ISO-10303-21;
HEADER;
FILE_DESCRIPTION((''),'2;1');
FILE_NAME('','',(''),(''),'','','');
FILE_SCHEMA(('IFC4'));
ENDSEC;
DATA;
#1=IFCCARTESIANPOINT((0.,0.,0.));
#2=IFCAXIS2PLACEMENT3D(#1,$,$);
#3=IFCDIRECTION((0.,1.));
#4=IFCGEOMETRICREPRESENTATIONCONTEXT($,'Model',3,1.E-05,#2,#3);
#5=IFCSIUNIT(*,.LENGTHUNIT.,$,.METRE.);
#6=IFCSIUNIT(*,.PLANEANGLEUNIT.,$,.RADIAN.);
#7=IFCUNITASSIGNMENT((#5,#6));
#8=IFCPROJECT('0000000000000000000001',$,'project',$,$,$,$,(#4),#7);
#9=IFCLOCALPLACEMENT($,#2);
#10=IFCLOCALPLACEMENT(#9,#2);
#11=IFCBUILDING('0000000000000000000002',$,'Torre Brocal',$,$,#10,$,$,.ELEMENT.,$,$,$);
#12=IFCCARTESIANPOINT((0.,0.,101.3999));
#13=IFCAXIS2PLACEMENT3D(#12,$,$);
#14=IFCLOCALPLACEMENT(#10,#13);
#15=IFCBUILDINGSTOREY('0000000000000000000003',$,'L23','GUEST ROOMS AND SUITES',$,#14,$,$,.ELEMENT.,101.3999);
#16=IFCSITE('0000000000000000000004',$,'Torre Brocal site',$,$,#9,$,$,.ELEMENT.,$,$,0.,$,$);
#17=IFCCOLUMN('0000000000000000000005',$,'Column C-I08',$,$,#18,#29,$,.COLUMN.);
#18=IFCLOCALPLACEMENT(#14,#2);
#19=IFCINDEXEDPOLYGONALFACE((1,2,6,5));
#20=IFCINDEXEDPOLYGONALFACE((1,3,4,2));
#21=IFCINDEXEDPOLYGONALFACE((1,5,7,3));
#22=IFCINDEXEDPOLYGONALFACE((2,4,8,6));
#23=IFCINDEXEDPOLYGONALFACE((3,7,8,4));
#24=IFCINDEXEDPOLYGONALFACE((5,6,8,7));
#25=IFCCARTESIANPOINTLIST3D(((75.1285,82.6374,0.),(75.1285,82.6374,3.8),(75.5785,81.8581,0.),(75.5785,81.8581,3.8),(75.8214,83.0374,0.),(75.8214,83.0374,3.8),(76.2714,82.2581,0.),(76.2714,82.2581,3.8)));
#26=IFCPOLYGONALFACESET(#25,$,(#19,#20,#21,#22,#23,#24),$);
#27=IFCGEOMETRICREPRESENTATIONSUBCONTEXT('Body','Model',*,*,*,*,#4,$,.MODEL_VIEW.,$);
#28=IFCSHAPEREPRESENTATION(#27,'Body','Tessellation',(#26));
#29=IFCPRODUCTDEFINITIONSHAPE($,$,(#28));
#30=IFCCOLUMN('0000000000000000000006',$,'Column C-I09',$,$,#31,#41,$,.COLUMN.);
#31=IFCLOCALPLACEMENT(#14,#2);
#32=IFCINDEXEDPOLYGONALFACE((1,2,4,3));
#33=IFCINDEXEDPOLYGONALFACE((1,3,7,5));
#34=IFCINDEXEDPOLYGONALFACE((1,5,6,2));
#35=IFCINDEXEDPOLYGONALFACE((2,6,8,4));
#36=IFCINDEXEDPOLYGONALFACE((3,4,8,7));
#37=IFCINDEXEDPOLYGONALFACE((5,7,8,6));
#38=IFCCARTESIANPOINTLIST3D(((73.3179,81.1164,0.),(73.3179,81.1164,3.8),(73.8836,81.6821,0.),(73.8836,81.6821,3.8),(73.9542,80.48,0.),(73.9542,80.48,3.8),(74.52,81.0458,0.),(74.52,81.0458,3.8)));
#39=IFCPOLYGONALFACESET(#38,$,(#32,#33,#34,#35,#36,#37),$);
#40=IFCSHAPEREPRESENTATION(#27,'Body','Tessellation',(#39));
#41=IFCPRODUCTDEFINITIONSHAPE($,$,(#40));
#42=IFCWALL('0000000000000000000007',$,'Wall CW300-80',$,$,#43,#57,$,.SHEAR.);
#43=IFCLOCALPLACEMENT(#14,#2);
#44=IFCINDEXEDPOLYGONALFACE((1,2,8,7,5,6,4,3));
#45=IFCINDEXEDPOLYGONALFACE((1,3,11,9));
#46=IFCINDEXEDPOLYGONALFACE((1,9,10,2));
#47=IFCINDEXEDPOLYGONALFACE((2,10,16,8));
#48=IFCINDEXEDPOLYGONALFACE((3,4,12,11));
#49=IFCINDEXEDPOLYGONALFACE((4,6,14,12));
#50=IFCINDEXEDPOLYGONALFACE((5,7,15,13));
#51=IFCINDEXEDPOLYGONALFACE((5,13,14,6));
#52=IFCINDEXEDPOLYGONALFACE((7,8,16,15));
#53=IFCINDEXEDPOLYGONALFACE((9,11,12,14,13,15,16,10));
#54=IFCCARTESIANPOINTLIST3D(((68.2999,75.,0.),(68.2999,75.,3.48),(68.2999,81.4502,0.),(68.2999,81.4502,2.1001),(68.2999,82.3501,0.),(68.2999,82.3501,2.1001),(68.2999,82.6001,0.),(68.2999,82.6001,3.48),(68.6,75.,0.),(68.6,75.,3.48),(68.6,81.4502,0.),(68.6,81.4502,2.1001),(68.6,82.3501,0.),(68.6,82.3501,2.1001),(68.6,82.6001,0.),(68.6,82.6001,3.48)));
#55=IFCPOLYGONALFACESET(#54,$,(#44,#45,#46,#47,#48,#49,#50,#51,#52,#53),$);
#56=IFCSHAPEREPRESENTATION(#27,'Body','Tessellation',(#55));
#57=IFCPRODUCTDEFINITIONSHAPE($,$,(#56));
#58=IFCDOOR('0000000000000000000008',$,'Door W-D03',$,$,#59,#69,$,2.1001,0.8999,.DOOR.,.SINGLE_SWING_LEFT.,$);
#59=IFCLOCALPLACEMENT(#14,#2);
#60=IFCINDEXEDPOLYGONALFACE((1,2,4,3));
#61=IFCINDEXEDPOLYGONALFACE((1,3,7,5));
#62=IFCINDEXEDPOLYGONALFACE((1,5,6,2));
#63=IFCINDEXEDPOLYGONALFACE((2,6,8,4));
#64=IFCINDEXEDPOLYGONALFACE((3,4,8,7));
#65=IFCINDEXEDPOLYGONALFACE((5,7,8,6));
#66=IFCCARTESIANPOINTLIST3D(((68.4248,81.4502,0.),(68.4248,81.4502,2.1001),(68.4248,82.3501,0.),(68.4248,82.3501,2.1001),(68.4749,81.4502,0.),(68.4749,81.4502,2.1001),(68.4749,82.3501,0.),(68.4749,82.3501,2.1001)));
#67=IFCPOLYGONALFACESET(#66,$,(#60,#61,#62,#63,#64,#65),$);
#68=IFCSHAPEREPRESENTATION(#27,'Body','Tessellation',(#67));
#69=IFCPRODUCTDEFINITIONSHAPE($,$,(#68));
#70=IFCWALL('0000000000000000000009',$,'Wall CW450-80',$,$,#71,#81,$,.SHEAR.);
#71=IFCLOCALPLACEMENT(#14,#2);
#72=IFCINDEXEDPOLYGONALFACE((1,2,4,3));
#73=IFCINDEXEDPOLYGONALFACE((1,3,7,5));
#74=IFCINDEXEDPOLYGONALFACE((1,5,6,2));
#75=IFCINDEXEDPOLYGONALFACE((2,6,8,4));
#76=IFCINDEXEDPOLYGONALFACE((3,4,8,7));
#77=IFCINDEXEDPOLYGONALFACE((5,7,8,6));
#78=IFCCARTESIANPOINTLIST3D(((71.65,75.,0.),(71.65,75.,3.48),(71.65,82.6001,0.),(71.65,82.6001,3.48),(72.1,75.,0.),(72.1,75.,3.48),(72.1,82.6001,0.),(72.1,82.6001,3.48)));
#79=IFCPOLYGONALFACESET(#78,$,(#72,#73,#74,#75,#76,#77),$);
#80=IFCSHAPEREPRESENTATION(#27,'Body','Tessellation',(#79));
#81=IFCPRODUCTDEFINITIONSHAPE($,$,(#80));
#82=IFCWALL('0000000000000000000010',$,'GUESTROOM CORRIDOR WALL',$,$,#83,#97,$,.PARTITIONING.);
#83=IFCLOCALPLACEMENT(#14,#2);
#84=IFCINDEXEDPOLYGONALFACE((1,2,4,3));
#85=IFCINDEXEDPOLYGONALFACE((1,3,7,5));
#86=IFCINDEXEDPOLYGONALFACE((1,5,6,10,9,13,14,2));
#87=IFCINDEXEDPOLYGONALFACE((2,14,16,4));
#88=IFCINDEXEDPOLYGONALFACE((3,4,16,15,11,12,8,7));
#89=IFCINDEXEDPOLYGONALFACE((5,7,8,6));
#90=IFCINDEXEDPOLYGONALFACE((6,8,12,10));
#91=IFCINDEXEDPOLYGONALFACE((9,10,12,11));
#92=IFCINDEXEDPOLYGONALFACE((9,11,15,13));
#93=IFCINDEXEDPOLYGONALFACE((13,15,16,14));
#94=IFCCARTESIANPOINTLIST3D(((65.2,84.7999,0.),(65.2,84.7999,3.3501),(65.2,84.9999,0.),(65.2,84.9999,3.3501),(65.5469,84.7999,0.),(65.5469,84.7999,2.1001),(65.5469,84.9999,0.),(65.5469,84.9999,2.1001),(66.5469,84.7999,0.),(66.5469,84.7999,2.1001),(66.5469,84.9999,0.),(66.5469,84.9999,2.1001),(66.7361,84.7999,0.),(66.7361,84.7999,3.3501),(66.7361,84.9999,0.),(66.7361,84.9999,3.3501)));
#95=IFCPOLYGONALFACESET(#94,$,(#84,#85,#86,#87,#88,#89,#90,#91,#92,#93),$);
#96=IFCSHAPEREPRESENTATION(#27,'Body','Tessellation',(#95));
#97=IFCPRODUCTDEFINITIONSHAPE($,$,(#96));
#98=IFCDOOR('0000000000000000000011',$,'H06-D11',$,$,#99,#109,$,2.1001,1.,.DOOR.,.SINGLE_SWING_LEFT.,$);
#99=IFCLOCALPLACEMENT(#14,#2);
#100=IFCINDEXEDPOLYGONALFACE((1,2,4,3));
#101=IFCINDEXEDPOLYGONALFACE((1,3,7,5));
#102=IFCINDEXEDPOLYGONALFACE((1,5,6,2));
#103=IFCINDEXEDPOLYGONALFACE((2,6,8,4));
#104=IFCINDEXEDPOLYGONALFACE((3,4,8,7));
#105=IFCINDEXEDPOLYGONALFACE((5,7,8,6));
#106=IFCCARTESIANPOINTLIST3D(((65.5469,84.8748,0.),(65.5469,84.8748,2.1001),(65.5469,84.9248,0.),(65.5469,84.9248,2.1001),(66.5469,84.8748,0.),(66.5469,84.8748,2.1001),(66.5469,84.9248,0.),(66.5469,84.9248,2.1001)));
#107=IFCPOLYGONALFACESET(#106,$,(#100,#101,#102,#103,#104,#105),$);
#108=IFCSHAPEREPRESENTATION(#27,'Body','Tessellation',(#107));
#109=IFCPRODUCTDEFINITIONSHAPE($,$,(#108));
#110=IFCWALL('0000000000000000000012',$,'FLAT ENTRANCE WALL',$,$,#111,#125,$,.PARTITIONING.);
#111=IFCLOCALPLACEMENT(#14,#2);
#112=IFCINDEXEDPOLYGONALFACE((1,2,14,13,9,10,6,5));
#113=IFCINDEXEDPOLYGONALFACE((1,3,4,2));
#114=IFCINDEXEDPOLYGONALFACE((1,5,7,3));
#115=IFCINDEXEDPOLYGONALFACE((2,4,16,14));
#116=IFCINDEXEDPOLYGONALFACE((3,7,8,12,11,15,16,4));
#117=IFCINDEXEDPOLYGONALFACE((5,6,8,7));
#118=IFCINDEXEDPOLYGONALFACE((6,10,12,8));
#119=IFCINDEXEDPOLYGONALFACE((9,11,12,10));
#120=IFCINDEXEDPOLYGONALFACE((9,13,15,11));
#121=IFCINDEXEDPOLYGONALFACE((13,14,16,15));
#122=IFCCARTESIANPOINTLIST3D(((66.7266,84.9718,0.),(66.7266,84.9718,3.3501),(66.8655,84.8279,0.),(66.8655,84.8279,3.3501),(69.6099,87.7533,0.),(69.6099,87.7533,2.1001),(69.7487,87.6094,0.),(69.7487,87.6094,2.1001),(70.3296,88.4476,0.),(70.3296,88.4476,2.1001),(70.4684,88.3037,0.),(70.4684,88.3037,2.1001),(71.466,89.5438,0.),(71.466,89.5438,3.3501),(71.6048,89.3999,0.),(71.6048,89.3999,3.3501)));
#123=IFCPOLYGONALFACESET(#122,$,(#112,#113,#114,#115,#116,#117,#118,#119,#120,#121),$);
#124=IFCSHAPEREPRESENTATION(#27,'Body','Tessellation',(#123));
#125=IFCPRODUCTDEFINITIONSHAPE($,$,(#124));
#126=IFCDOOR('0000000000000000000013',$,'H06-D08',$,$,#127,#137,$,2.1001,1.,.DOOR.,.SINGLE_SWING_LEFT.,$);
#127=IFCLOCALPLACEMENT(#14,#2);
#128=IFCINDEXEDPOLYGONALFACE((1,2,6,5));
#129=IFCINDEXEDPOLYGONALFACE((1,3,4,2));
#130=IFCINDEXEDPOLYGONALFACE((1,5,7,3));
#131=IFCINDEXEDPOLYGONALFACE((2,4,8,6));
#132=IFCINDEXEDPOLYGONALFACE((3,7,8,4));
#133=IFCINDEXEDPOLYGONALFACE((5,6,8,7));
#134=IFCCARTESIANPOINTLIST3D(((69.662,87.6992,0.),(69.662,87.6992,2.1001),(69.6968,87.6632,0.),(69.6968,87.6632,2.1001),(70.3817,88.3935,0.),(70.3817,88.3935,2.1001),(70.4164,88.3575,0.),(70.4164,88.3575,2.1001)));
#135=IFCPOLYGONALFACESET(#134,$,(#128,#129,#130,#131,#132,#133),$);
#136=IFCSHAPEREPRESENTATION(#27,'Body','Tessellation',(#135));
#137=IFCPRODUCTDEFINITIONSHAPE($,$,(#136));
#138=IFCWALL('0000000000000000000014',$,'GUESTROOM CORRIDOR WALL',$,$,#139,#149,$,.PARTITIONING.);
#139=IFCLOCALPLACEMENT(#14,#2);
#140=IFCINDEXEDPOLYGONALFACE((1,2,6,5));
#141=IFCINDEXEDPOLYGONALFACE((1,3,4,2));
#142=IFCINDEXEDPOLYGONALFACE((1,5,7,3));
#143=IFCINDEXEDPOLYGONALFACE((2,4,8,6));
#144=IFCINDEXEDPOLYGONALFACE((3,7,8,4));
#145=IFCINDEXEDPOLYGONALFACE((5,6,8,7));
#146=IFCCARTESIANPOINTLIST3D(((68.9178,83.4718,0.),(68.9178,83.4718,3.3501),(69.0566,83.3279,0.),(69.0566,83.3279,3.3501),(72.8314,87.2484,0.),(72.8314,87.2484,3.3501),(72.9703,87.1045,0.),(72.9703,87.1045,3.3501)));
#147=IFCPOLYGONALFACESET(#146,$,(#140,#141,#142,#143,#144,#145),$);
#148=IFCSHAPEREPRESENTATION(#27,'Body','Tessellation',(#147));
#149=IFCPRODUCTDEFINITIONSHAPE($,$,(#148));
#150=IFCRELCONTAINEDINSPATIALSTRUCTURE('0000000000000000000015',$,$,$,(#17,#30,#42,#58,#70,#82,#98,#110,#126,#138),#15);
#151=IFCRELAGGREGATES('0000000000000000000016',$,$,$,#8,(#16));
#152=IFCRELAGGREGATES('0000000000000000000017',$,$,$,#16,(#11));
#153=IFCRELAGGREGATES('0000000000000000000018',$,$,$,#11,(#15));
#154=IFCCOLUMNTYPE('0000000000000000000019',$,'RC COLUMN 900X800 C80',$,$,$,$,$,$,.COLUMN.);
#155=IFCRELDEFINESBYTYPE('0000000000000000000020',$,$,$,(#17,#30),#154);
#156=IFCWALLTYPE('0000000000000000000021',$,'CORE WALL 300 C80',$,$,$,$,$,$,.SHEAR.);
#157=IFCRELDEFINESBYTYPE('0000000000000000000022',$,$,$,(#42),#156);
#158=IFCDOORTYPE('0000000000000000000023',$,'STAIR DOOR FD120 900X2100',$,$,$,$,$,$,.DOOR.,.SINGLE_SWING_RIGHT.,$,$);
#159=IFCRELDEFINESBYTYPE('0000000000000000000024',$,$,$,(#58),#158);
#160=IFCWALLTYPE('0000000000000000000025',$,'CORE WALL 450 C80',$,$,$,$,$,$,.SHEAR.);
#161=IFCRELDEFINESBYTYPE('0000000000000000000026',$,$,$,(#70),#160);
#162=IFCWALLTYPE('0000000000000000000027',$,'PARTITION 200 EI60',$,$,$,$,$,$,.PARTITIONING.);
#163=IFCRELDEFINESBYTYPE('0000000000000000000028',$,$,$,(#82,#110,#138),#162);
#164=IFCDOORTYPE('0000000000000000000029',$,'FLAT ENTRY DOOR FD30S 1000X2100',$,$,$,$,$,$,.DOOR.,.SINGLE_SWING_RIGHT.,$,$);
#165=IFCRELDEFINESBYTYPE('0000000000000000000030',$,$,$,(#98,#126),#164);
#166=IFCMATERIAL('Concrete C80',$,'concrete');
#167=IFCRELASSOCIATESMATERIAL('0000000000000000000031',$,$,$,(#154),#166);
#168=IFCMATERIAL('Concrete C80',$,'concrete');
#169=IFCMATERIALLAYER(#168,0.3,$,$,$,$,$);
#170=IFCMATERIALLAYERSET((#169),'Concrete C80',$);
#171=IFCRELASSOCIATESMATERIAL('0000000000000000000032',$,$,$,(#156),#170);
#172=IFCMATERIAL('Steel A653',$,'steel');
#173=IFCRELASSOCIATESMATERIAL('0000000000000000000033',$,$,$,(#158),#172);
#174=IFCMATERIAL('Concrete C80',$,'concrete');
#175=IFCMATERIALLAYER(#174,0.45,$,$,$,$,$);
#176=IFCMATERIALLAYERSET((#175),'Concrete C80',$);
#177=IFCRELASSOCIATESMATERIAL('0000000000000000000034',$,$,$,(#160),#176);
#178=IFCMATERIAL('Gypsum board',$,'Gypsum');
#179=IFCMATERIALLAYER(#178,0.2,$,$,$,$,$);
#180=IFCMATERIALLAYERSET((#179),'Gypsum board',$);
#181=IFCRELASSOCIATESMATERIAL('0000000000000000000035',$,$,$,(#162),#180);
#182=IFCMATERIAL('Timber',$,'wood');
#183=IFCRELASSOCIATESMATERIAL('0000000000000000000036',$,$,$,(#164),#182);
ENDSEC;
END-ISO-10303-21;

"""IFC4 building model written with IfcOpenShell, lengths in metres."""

from ifc_helpers import new_model, si_unit, direction, frame, frame_2d, origin, origin_2d, place, context, subcontext, project, spatial, rectangle, extrude, material, layer, layer_set, material_profile, profile_set, type_object, element, fill, save


model = new_model("IFC4")

# Units and contexts
model_context = context("Model", 3, precision=1e-05, world=origin(), true_north=direction((0.0, 1.0)))
body_context = subcontext(model_context, "Body", "Model", "MODEL_VIEW")
ifc_project = project(units=[si_unit("LENGTHUNIT", "METRE"), si_unit("PLANEANGLEUNIT", "RADIAN")], contexts=[model_context])

# Site, building, storey
site_placement = place(None, origin())
site = spatial("IfcSite", under=ifc_project, at=site_placement, Name="Torre Brocal site", CompositionType="ELEMENT", RefElevation=0.0)
building_placement = place(site_placement, origin())
building = spatial("IfcBuilding", under=site, at=building_placement, Name="Torre Brocal", CompositionType="ELEMENT")
storey_placement = place(building_placement, frame((0.0, 0.0, 101.3999)))
storey = spatial("IfcBuildingStorey", under=building, at=storey_placement, Name="L23", Description="GUEST ROOMS AND SUITES", CompositionType="ELEMENT", Elevation=101.3999)

# Columns
ifc_material_1 = material(Name="Concrete C80", Category="concrete")
ifc_material_profile = material_profile(ifc_material_1, rectangle(XDim=0.8999, YDim=0.8, at=origin_2d()), Name="RC 900X800")
ifc_profile_set = profile_set([ifc_material_profile], Name="Concrete C80")
column_type = type_object("IfcColumnType", Name="RC COLUMN 900X800 C80", PredefinedType="COLUMN", material=ifc_profile_set)
for number, where, z_axis, x_axis, name in (
    (1, (75.7, 82.4478, 0.0), (0.0, 0.0, 1.0), (-0.5, 0.866025, 0.0), "Column C-I08"),
    (2, (73.9189, 81.0811, 0.0), (0.0, 0.0, 1.0), (-0.707107, 0.707107, 0.0), "Column C-I09"),
):
    element("IfcColumn", number, at=place(storey_placement, frame(where, z_axis=z_axis, x_axis=x_axis)), inside=storey, type_object=column_type, Name=name, PredefinedType="COLUMN", context=body_context, shape_type="SweptSolid", body=[
        extrude(rectangle(XDim=0.8999, YDim=0.8, at=origin_2d()), origin(), (0.0, 0.0, 1.0), 3.8),
    ])

# Wall, opening, door
ifc_material_2 = material(Name="Concrete C80", Category="concrete")
ifc_layer_1 = layer(ifc_material_2, 0.3)
ifc_layer_set_1 = layer_set([ifc_layer_1], Name="Concrete C80")
wall_type_1 = type_object("IfcWallType", Name="CORE WALL 300 C80", PredefinedType="SHEAR", material=ifc_layer_set_1)
wall_1_placement = place(storey_placement, frame((68.45, 82.6001, 0.0), z_axis=(0.0, 0.0, 1.0), x_axis=(0.0, -1.0, 0.0)))
wall_1 = element("IfcWall", 3, at=wall_1_placement, inside=storey, type_object=wall_type_1, Name="Wall CW300-80", PredefinedType="SHEAR", context=body_context, shape_type="SweptSolid", body=[
    extrude(rectangle(XDim=7.6001, YDim=0.3, at=frame_2d((3.8, 0.0))), origin(), (0.0, 0.0, 1.0), 3.48),
])
opening_1_placement = place(wall_1_placement, frame((0.25, 0.0, 0.0)))
opening_1 = element("IfcOpeningElement", 4, at=opening_1_placement, cuts=wall_1, PredefinedType="OPENING", context=body_context, shape_type="SweptSolid", body=[
    extrude(rectangle(XDim=0.8999, YDim=2.1001, at=frame_2d((0.45, 1.05))), frame((0.0, 0.1599, 0.0), z_axis=(0.0, -1.0, 0.0), x_axis=(1.0, 0.0, 0.0)), (0.0, 0.0, 1.0), 0.3201),
])
ifc_material_3 = material(Name="Steel A653", Category="steel")
door_type_1 = type_object("IfcDoorType", Name="STAIR DOOR FD120 900X2100", OperationType="SINGLE_SWING_RIGHT", PredefinedType="DOOR", material=ifc_material_3)
door_1_placement = place(opening_1_placement, origin())
door_1 = element("IfcDoor", 5, at=door_1_placement, inside=storey, type_object=door_type_1, Name="Door W-D03", OperationType="SINGLE_SWING_LEFT", OverallHeight=2.1001, OverallWidth=0.8999, PredefinedType="DOOR", context=body_context, shape_type="SweptSolid", body=[
    extrude(rectangle(XDim=0.8999, YDim=2.1001, at=frame_2d((0.45, 1.05))), frame((0.0, 0.0249, 0.0), z_axis=(0.0, -1.0, 0.0), x_axis=(1.0, 0.0, 0.0)), (0.0, 0.0, 1.0), 0.05),
])
fill(opening_1, door_1)

# Wall
ifc_material_4 = material(Name="Concrete C80", Category="concrete")
ifc_layer_2 = layer(ifc_material_4, 0.45)
ifc_layer_set_2 = layer_set([ifc_layer_2], Name="Concrete C80")
wall_type_2 = type_object("IfcWallType", Name="CORE WALL 450 C80", PredefinedType="SHEAR", material=ifc_layer_set_2)
wall_2_placement = place(storey_placement, frame((71.875, 82.6001, 0.0), z_axis=(0.0, 0.0, 1.0), x_axis=(0.0, -1.0, 0.0)))
element("IfcWall", 6, at=wall_2_placement, inside=storey, type_object=wall_type_2, Name="Wall CW450-80", PredefinedType="SHEAR", context=body_context, shape_type="SweptSolid", body=[
    extrude(rectangle(XDim=7.6001, YDim=0.45, at=frame_2d((3.8, 0.0))), origin(), (0.0, 0.0, 1.0), 3.48),
])

# Walls, openings, doors
ifc_material_5 = material(Name="Gypsum board", Category="Gypsum")
ifc_layer_3 = layer(ifc_material_5, 0.2)
ifc_layer_set_3 = layer_set([ifc_layer_3], Name="Gypsum board")
wall_type_3 = type_object("IfcWallType", Name="PARTITION 200 EI60", PredefinedType="PARTITIONING", material=ifc_layer_set_3)
wall_3_placement = place(storey_placement, frame((65.2, 84.8999, 0.0), z_axis=(0.0, 0.0, 1.0), x_axis=(1.0, 0.0, 0.0)))
wall_3 = element("IfcWall", 7, at=wall_3_placement, inside=storey, type_object=wall_type_3, Name="GUESTROOM CORRIDOR WALL", PredefinedType="PARTITIONING", context=body_context, shape_type="SweptSolid", body=[
    extrude(rectangle(XDim=1.5361, YDim=0.2, at=frame_2d((0.7681, 0.0))), origin(), (0.0, 0.0, 1.0), 3.3501),
])
opening_2_placement = place(wall_3_placement, frame((0.3469, 0.0, 0.0)))
opening_2 = element("IfcOpeningElement", 8, at=opening_2_placement, cuts=wall_3, PredefinedType="OPENING", context=body_context, shape_type="SweptSolid", body=[
    extrude(rectangle(XDim=1.0, YDim=2.1001, at=frame_2d((0.5, 1.05))), frame((0.0, 0.1099, 0.0), z_axis=(0.0, -1.0, 0.0), x_axis=(1.0, 0.0, 0.0)), (0.0, 0.0, 1.0), 0.22),
])
ifc_material_6 = material(Name="Timber", Category="wood")
door_type_2 = type_object("IfcDoorType", Name="FLAT ENTRY DOOR FD30S 1000X2100", OperationType="SINGLE_SWING_RIGHT", PredefinedType="DOOR", material=ifc_material_6)
door_2_placement = place(opening_2_placement, origin())
door_2 = element("IfcDoor", 9, at=door_2_placement, inside=storey, type_object=door_type_2, Name="H06-D11", OperationType="SINGLE_SWING_LEFT", OverallHeight=2.1001, OverallWidth=1.0, PredefinedType="DOOR", context=body_context, shape_type="SweptSolid", body=[
    extrude(rectangle(XDim=1.0, YDim=2.1001, at=frame_2d((0.5, 1.05))), frame((0.0, 0.0249, 0.0), z_axis=(0.0, -1.0, 0.0), x_axis=(1.0, 0.0, 0.0)), (0.0, 0.0, 1.0), 0.05),
])
fill(opening_2, door_2)
wall_4_placement = place(storey_placement, frame((66.7961, 84.8999, 0.0), z_axis=(0.0, 0.0, 1.0), x_axis=(0.719691, 0.694295, 0.0)))
wall_4 = element("IfcWall", 10, at=wall_4_placement, inside=storey, type_object=wall_type_3, Name="FLAT ENTRANCE WALL", PredefinedType="PARTITIONING", context=body_context, shape_type="SweptSolid", body=[
    extrude(rectangle(XDim=6.5852, YDim=0.2, at=frame_2d((3.2925, 0.0))), origin(), (0.0, 0.0, 1.0), 3.3501),
])
opening_3_placement = place(wall_4_placement, frame((4.0061, 0.0, 0.0)))
opening_3 = element("IfcOpeningElement", 11, at=opening_3_placement, cuts=wall_4, PredefinedType="OPENING", context=body_context, shape_type="SweptSolid", body=[
    extrude(rectangle(XDim=1.0, YDim=2.1001, at=frame_2d((0.5, 1.05))), frame((0.0, 0.1099, 0.0), z_axis=(0.0, -1.0, 0.0), x_axis=(1.0, 0.0, 0.0)), (0.0, 0.0, 1.0), 0.22),
])
door_3_placement = place(opening_3_placement, origin())
door_3 = element("IfcDoor", 12, at=door_3_placement, inside=storey, type_object=door_type_2, Name="H06-D08", OperationType="SINGLE_SWING_LEFT", OverallHeight=2.1001, OverallWidth=1.0, PredefinedType="DOOR", context=body_context, shape_type="SweptSolid", body=[
    extrude(rectangle(XDim=1.0, YDim=2.1001, at=frame_2d((0.5, 1.05))), frame((0.0, 0.0249, 0.0), z_axis=(0.0, -1.0, 0.0), x_axis=(1.0, 0.0, 0.0)), (0.0, 0.0, 1.0), 0.05),
])
fill(opening_3, door_3)

# Wall
wall_5_placement = place(storey_placement, frame((68.9873, 83.3999, 0.0), z_axis=(0.0, 0.0, 1.0), x_axis=(0.719586, 0.694403, 0.0)))
element("IfcWall", 13, at=wall_5_placement, inside=storey, type_object=wall_type_3, Name="GUESTROOM CORRIDOR WALL", PredefinedType="PARTITIONING", context=body_context, shape_type="SweptSolid", body=[
    extrude(rectangle(XDim=5.4387, YDim=0.2, at=frame_2d((2.7192, 0.0))), origin(), (0.0, 0.0, 1.0), 3.3501),
])

save(model, "model.ifc")
